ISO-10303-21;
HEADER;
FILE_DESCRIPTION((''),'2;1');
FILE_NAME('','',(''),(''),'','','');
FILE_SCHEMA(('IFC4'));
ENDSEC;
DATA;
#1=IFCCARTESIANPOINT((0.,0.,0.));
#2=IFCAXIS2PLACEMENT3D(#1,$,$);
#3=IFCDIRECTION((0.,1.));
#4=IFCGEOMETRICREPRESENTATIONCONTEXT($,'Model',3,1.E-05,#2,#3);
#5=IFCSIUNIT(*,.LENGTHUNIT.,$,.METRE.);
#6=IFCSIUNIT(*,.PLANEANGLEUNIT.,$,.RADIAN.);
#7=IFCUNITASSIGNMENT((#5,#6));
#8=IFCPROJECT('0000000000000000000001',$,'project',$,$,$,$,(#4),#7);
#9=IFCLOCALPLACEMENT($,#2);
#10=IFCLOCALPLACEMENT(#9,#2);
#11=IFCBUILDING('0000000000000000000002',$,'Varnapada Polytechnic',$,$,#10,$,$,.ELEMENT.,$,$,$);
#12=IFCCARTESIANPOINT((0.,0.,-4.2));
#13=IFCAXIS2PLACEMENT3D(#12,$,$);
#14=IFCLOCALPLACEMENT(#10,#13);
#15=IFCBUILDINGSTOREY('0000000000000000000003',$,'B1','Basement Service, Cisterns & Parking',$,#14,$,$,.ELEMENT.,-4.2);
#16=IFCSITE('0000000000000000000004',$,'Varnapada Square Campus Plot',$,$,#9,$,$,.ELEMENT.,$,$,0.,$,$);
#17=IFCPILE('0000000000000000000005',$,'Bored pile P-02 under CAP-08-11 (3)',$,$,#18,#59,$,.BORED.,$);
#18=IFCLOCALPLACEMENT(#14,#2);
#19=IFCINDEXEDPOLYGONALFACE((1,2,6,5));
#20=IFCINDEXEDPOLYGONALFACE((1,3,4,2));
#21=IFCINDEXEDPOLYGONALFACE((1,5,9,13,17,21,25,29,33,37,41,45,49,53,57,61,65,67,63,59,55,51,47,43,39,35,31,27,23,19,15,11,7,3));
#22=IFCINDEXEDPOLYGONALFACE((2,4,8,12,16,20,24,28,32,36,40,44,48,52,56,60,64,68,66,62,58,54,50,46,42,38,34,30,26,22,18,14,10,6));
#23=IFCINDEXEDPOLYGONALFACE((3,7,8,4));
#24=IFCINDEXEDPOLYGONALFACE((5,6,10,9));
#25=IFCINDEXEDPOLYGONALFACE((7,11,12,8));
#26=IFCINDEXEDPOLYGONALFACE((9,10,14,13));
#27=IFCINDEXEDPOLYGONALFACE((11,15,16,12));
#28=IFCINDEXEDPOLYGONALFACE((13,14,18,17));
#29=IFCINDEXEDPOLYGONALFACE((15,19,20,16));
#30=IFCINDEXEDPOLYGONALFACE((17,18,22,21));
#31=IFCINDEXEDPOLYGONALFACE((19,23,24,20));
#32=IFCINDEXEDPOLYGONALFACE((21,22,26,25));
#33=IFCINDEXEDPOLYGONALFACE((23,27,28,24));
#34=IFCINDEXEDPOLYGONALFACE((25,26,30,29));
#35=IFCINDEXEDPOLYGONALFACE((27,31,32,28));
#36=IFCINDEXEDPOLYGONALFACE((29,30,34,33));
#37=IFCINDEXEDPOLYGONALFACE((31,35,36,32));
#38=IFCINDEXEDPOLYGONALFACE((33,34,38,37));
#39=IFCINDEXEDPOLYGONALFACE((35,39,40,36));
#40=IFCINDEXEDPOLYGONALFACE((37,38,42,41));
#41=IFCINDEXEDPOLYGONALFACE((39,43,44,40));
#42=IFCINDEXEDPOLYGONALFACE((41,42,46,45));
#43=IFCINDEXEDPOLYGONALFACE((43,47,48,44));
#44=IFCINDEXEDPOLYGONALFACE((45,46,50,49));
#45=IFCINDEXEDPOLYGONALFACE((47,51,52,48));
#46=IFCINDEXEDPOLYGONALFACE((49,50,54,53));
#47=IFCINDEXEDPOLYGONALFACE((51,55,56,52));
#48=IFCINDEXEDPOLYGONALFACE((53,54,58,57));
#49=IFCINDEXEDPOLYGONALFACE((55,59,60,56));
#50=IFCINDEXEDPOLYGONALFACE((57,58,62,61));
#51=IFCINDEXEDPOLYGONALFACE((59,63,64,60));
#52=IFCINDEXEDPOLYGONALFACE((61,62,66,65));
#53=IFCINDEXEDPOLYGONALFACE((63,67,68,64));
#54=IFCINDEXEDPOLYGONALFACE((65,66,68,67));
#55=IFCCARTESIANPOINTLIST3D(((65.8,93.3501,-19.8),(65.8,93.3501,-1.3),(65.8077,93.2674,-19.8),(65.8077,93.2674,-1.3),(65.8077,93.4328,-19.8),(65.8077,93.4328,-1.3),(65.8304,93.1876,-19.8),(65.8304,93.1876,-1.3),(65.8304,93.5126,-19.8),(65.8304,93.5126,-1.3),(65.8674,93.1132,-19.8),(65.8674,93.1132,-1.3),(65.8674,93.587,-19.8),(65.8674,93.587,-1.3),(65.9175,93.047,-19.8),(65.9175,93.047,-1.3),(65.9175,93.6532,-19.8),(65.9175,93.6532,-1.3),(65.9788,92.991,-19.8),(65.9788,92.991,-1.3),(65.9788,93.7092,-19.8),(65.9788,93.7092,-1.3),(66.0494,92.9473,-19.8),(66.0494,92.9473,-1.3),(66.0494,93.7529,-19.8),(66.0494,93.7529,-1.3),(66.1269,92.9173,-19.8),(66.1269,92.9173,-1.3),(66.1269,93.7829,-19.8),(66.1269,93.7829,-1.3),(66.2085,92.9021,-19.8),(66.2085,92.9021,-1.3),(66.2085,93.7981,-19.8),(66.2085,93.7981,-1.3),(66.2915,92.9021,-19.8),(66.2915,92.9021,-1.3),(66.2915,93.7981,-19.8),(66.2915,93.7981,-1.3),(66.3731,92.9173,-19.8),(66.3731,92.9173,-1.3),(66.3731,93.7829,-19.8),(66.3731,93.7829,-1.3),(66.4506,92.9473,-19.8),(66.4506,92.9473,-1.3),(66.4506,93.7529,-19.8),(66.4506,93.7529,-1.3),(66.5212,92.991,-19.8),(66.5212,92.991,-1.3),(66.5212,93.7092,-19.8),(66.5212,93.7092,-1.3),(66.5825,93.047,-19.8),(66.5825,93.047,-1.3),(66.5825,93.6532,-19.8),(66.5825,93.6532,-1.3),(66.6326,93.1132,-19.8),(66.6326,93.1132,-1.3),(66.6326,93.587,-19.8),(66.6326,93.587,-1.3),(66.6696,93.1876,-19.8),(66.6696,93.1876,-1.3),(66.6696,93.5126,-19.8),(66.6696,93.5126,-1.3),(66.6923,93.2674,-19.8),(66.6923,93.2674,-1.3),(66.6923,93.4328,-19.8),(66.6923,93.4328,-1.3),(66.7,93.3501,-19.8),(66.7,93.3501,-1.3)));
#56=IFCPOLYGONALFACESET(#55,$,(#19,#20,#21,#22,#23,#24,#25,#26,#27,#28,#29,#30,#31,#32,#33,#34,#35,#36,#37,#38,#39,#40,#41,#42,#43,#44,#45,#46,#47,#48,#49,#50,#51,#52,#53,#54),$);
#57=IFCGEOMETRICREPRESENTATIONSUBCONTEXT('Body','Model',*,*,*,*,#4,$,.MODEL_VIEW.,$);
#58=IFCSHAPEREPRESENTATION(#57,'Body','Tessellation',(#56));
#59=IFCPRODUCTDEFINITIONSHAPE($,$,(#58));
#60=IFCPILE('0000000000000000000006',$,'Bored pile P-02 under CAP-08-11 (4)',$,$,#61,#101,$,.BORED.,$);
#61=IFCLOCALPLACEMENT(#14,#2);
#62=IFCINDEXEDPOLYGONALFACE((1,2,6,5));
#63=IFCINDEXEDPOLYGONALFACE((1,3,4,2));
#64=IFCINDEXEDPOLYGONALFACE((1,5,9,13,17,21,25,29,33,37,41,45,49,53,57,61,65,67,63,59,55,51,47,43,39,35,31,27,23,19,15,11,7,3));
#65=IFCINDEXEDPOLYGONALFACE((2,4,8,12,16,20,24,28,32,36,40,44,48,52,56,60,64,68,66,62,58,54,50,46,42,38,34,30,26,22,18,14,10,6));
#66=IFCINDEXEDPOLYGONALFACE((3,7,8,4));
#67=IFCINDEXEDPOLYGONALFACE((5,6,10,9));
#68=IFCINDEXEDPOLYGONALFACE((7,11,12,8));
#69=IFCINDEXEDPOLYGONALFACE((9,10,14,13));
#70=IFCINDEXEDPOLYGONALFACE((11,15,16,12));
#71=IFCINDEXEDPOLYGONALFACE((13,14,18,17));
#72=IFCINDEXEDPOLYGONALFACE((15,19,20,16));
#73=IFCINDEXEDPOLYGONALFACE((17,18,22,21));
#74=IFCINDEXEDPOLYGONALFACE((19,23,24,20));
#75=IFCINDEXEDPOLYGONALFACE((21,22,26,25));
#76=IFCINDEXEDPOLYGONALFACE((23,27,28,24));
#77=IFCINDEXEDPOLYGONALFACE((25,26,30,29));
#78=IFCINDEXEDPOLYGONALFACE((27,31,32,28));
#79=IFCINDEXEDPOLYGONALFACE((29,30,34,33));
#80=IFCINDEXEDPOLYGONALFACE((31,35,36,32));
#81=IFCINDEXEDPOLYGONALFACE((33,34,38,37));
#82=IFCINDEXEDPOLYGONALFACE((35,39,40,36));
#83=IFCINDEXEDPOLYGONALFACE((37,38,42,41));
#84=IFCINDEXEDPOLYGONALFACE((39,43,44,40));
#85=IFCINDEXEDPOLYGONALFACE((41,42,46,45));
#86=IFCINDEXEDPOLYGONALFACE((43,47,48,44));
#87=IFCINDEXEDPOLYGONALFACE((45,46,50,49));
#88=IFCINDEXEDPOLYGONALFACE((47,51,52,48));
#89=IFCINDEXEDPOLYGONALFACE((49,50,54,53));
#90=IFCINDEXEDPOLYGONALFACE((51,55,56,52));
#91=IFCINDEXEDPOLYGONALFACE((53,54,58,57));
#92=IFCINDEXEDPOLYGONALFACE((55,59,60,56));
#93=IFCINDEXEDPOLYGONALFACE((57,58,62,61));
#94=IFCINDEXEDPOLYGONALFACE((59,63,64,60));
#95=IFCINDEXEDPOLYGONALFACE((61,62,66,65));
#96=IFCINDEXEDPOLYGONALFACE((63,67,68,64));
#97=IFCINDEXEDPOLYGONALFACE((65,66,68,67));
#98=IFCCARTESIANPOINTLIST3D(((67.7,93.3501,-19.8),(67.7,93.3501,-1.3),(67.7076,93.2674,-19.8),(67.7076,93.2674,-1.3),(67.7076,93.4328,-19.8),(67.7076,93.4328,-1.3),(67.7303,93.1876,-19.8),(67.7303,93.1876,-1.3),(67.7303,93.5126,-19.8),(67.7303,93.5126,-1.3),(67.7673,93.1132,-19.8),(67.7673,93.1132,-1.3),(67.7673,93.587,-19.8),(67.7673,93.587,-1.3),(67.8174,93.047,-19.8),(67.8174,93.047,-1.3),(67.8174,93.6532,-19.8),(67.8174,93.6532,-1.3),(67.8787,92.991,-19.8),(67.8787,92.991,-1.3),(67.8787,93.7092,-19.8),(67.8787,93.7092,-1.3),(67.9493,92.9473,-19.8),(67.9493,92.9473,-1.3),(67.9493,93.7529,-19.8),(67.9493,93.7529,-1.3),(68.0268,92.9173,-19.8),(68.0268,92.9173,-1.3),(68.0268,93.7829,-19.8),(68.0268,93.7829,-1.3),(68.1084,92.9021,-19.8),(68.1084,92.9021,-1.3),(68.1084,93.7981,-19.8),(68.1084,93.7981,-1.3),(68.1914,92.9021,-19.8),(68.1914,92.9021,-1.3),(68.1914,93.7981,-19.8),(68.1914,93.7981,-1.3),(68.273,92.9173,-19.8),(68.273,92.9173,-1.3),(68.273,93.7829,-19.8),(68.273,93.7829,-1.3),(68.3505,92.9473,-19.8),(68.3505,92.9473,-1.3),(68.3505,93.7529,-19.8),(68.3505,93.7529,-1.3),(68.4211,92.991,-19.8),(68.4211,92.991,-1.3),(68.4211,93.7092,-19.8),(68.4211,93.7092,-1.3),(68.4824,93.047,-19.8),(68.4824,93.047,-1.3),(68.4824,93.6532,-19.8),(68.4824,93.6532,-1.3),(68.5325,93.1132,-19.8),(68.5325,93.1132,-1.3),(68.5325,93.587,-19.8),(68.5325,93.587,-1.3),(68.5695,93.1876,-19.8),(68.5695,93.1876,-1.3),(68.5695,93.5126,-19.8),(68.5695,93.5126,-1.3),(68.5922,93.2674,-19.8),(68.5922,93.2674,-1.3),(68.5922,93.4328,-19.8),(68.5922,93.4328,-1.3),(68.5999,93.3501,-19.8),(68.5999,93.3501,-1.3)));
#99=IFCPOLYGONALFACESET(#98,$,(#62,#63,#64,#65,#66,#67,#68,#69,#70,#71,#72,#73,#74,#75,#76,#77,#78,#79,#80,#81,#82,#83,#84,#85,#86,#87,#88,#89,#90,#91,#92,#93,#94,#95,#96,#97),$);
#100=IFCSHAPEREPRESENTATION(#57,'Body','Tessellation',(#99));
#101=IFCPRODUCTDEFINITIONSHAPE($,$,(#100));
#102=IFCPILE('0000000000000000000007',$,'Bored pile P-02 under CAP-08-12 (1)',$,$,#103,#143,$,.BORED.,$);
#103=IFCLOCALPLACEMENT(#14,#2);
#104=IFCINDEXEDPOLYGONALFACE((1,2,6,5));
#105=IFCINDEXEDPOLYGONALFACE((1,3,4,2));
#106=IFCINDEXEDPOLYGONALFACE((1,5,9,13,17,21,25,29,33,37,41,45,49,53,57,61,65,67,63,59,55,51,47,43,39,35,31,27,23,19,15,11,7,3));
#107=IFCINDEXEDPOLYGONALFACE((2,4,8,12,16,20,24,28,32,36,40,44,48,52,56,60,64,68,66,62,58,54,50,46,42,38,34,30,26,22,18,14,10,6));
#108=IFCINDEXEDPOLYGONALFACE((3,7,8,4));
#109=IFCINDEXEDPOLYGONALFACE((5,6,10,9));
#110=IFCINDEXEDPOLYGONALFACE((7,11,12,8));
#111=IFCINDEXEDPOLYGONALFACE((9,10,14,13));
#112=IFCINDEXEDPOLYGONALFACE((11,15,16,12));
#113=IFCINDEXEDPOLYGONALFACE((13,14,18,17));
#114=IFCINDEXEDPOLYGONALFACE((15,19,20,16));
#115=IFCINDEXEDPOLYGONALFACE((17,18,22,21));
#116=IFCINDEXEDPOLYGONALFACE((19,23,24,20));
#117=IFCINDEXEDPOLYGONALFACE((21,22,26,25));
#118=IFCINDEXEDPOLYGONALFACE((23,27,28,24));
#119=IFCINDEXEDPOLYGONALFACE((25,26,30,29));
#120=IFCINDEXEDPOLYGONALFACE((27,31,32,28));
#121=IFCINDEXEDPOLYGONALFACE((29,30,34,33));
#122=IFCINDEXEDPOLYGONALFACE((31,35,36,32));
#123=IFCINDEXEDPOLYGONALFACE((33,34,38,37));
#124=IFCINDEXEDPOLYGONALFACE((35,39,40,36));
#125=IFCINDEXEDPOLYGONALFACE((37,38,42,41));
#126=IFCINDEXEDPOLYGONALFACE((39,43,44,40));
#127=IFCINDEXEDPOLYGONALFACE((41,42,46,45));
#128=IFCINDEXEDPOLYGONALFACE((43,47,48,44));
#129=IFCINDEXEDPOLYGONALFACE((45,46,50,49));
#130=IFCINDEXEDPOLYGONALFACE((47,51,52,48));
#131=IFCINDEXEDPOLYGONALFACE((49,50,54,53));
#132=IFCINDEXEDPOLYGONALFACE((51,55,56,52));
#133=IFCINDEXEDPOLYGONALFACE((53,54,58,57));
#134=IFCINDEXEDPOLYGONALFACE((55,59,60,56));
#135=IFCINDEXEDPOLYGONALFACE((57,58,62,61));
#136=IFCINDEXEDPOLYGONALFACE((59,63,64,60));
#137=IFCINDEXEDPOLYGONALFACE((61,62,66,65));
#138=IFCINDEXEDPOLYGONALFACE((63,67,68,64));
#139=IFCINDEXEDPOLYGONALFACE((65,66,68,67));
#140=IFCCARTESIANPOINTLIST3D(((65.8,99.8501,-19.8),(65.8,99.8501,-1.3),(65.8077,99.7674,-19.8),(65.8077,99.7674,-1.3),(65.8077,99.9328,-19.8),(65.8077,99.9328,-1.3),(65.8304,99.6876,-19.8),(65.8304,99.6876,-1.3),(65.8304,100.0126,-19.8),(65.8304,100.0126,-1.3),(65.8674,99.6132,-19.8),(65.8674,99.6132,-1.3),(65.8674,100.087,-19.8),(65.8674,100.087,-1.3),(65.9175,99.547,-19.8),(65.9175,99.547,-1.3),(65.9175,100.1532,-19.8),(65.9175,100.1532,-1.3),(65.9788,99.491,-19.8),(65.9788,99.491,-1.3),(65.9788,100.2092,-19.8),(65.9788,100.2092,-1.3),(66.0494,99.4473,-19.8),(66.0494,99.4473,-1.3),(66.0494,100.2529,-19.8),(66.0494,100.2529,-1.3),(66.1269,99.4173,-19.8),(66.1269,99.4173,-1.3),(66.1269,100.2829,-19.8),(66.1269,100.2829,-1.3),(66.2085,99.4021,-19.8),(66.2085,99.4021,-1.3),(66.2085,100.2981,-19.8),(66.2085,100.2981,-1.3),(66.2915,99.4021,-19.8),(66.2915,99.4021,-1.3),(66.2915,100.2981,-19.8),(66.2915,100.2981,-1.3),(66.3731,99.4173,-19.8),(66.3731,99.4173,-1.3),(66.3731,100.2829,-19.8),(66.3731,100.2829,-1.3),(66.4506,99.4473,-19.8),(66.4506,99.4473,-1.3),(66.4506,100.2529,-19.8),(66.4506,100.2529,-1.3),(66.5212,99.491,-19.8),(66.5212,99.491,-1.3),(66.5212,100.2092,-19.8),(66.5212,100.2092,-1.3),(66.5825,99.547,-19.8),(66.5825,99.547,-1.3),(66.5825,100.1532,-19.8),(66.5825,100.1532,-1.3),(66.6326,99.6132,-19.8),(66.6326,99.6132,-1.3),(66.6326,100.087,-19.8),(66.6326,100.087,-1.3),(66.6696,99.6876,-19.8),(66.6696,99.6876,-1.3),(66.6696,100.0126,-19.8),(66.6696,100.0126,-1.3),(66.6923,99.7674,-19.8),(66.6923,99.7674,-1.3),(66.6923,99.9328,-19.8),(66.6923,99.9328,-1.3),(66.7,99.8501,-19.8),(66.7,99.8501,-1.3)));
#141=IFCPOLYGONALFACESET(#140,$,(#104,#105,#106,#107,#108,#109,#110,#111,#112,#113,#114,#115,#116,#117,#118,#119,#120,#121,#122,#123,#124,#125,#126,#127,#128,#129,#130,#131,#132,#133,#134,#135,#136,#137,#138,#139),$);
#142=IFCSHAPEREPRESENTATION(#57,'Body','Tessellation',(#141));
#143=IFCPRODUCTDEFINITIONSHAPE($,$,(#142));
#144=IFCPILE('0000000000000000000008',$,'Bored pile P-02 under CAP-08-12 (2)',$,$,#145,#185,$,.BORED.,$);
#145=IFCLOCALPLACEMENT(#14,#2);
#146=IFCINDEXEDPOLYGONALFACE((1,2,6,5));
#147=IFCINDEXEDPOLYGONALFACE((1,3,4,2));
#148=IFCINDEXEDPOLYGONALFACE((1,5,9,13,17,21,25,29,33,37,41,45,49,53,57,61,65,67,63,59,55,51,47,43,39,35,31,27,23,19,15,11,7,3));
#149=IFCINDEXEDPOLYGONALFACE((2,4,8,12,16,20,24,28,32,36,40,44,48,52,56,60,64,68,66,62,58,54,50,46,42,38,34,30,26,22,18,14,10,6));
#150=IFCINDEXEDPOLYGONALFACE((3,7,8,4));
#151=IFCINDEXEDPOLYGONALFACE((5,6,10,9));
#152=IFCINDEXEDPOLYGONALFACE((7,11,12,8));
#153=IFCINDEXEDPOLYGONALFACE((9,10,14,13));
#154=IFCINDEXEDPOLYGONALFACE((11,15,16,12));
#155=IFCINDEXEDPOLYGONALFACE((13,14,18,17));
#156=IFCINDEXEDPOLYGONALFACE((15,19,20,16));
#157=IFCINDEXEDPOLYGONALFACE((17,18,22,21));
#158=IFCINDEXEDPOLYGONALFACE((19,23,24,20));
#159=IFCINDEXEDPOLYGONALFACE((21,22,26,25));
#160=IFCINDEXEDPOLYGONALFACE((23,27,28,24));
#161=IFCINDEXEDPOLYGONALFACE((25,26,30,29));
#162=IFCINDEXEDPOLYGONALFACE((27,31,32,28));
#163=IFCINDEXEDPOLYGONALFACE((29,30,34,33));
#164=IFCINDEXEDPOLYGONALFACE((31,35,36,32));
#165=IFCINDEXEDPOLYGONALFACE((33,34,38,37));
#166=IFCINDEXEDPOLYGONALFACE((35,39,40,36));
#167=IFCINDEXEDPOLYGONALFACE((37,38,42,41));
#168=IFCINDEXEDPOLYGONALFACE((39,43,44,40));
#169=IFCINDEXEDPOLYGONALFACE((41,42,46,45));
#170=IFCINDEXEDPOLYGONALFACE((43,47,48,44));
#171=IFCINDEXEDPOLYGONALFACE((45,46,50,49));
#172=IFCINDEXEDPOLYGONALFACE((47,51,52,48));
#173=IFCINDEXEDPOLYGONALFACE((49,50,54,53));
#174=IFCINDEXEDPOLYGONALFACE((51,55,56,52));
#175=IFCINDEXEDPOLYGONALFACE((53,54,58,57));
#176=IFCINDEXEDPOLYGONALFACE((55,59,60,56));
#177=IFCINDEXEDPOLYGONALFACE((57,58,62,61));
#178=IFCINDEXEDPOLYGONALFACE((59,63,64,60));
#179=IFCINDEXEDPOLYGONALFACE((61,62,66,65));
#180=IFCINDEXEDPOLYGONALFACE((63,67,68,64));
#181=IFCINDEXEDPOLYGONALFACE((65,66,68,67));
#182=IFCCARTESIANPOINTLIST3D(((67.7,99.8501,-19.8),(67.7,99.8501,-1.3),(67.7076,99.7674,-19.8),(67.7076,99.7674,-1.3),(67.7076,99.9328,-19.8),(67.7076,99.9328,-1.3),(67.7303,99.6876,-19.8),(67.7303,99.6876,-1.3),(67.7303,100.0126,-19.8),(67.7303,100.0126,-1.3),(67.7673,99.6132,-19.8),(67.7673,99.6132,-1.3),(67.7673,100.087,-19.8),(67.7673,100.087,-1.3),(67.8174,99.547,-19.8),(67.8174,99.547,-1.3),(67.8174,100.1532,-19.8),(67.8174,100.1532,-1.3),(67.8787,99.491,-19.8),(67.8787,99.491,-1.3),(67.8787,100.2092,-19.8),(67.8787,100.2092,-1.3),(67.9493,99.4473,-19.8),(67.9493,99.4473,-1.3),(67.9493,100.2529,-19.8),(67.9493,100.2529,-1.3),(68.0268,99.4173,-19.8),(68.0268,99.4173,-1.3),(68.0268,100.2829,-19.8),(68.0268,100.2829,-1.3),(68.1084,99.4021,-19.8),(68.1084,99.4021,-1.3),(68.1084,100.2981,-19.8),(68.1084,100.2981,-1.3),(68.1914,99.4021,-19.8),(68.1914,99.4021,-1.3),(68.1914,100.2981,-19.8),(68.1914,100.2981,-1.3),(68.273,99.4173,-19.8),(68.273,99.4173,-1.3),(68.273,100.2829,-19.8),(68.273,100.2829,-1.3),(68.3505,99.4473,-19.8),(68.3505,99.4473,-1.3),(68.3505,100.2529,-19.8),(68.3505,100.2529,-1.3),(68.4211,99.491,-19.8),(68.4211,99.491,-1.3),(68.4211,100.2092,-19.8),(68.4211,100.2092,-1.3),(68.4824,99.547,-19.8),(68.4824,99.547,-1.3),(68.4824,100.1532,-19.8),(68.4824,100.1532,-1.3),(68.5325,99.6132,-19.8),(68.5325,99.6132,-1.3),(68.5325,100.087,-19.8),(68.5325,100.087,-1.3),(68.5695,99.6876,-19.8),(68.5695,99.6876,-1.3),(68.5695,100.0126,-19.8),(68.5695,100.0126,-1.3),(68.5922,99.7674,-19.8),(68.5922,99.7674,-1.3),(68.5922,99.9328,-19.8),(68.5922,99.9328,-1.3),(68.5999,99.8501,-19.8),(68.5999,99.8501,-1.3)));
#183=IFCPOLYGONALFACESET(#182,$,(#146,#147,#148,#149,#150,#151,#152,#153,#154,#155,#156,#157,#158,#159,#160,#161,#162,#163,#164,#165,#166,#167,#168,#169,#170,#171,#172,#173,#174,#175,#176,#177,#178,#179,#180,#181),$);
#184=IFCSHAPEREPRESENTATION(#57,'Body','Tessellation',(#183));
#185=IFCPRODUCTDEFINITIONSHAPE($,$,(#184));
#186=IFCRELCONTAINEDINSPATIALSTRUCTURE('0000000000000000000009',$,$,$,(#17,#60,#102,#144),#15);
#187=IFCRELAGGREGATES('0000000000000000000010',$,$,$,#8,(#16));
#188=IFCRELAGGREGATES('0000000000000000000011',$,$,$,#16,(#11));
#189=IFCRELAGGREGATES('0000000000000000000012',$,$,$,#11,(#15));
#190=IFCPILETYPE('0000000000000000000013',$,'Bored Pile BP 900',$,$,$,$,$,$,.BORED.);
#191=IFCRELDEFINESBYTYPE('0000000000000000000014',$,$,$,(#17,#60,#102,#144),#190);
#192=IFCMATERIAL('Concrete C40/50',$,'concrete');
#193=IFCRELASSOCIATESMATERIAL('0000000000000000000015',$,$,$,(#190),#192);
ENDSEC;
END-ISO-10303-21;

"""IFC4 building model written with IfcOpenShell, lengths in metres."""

from ifc_helpers import new_model, si_unit, direction, frame, origin, origin_2d, place, context, subcontext, project, spatial, circle, extrude, material, material_profile, profile_set, type_object, element, save


model = new_model("IFC4")

# Units and contexts
model_context = context("Model", 3, precision=1e-05, world=origin(), true_north=direction((0.0, 1.0)))
body_context = subcontext(model_context, "Body", "Model", "MODEL_VIEW")
ifc_project = project(units=[si_unit("LENGTHUNIT", "METRE"), si_unit("PLANEANGLEUNIT", "RADIAN")], contexts=[model_context])

# Site, building, storey
site_placement = place(None, origin())
site = spatial("IfcSite", under=ifc_project, at=site_placement, Name="Varnapada Square Campus Plot", CompositionType="ELEMENT", RefElevation=0.0)
building_placement = place(site_placement, origin())
building = spatial("IfcBuilding", under=site, at=building_placement, Name="Varnapada Polytechnic", CompositionType="ELEMENT")
storey_placement = place(building_placement, frame((0.0, 0.0, -4.2)))
storey = spatial("IfcBuildingStorey", under=building, at=storey_placement, Name="B1", Description="Basement Service, Cisterns & Parking", CompositionType="ELEMENT", Elevation=-4.2)

# Piles
ifc_material_1 = material(Name="Concrete C40/50", Category="concrete")
ifc_material_profile_1 = material_profile(ifc_material_1, circle(Radius=0.45, at=origin_2d()), Name="BP 900")
ifc_profile_set_1 = profile_set([ifc_material_profile_1], Name="Concrete C40/50")
pile_type_1 = type_object("IfcPileType", Name="Bored Pile BP 900", PredefinedType="BORED", material=ifc_profile_set_1)
for number, where, z_axis, x_axis, name in (
    (1, (66.25, 93.3501, -1.3), (0.0, 0.0, -1.0), (1.0, 0.0, 0.0), "Bored pile P-02 under CAP-08-11 (3)"),
    (2, (68.1499, 93.3501, -1.3), (0.0, 0.0, -1.0), (1.0, 0.0, 0.0), "Bored pile P-02 under CAP-08-11 (4)"),
    (3, (66.25, 99.8501, -1.3), (0.0, 0.0, -1.0), (1.0, 0.0, 0.0), "Bored pile P-02 under CAP-08-12 (1)"),
    (4, (68.1499, 99.8501, -1.3), (0.0, 0.0, -1.0), (1.0, 0.0, 0.0), "Bored pile P-02 under CAP-08-12 (2)"),
):
    element("IfcPile", number, at=place(storey_placement, frame(where, z_axis=z_axis, x_axis=x_axis)), inside=storey, type_object=pile_type_1, Name=name, PredefinedType="BORED", context=body_context, shape_type="SweptSolid", body=[
        extrude(circle(Radius=0.45, at=origin_2d()), origin(), (0.0, 0.0, 1.0), 18.5),
    ])

save(model, "model.ifc")
